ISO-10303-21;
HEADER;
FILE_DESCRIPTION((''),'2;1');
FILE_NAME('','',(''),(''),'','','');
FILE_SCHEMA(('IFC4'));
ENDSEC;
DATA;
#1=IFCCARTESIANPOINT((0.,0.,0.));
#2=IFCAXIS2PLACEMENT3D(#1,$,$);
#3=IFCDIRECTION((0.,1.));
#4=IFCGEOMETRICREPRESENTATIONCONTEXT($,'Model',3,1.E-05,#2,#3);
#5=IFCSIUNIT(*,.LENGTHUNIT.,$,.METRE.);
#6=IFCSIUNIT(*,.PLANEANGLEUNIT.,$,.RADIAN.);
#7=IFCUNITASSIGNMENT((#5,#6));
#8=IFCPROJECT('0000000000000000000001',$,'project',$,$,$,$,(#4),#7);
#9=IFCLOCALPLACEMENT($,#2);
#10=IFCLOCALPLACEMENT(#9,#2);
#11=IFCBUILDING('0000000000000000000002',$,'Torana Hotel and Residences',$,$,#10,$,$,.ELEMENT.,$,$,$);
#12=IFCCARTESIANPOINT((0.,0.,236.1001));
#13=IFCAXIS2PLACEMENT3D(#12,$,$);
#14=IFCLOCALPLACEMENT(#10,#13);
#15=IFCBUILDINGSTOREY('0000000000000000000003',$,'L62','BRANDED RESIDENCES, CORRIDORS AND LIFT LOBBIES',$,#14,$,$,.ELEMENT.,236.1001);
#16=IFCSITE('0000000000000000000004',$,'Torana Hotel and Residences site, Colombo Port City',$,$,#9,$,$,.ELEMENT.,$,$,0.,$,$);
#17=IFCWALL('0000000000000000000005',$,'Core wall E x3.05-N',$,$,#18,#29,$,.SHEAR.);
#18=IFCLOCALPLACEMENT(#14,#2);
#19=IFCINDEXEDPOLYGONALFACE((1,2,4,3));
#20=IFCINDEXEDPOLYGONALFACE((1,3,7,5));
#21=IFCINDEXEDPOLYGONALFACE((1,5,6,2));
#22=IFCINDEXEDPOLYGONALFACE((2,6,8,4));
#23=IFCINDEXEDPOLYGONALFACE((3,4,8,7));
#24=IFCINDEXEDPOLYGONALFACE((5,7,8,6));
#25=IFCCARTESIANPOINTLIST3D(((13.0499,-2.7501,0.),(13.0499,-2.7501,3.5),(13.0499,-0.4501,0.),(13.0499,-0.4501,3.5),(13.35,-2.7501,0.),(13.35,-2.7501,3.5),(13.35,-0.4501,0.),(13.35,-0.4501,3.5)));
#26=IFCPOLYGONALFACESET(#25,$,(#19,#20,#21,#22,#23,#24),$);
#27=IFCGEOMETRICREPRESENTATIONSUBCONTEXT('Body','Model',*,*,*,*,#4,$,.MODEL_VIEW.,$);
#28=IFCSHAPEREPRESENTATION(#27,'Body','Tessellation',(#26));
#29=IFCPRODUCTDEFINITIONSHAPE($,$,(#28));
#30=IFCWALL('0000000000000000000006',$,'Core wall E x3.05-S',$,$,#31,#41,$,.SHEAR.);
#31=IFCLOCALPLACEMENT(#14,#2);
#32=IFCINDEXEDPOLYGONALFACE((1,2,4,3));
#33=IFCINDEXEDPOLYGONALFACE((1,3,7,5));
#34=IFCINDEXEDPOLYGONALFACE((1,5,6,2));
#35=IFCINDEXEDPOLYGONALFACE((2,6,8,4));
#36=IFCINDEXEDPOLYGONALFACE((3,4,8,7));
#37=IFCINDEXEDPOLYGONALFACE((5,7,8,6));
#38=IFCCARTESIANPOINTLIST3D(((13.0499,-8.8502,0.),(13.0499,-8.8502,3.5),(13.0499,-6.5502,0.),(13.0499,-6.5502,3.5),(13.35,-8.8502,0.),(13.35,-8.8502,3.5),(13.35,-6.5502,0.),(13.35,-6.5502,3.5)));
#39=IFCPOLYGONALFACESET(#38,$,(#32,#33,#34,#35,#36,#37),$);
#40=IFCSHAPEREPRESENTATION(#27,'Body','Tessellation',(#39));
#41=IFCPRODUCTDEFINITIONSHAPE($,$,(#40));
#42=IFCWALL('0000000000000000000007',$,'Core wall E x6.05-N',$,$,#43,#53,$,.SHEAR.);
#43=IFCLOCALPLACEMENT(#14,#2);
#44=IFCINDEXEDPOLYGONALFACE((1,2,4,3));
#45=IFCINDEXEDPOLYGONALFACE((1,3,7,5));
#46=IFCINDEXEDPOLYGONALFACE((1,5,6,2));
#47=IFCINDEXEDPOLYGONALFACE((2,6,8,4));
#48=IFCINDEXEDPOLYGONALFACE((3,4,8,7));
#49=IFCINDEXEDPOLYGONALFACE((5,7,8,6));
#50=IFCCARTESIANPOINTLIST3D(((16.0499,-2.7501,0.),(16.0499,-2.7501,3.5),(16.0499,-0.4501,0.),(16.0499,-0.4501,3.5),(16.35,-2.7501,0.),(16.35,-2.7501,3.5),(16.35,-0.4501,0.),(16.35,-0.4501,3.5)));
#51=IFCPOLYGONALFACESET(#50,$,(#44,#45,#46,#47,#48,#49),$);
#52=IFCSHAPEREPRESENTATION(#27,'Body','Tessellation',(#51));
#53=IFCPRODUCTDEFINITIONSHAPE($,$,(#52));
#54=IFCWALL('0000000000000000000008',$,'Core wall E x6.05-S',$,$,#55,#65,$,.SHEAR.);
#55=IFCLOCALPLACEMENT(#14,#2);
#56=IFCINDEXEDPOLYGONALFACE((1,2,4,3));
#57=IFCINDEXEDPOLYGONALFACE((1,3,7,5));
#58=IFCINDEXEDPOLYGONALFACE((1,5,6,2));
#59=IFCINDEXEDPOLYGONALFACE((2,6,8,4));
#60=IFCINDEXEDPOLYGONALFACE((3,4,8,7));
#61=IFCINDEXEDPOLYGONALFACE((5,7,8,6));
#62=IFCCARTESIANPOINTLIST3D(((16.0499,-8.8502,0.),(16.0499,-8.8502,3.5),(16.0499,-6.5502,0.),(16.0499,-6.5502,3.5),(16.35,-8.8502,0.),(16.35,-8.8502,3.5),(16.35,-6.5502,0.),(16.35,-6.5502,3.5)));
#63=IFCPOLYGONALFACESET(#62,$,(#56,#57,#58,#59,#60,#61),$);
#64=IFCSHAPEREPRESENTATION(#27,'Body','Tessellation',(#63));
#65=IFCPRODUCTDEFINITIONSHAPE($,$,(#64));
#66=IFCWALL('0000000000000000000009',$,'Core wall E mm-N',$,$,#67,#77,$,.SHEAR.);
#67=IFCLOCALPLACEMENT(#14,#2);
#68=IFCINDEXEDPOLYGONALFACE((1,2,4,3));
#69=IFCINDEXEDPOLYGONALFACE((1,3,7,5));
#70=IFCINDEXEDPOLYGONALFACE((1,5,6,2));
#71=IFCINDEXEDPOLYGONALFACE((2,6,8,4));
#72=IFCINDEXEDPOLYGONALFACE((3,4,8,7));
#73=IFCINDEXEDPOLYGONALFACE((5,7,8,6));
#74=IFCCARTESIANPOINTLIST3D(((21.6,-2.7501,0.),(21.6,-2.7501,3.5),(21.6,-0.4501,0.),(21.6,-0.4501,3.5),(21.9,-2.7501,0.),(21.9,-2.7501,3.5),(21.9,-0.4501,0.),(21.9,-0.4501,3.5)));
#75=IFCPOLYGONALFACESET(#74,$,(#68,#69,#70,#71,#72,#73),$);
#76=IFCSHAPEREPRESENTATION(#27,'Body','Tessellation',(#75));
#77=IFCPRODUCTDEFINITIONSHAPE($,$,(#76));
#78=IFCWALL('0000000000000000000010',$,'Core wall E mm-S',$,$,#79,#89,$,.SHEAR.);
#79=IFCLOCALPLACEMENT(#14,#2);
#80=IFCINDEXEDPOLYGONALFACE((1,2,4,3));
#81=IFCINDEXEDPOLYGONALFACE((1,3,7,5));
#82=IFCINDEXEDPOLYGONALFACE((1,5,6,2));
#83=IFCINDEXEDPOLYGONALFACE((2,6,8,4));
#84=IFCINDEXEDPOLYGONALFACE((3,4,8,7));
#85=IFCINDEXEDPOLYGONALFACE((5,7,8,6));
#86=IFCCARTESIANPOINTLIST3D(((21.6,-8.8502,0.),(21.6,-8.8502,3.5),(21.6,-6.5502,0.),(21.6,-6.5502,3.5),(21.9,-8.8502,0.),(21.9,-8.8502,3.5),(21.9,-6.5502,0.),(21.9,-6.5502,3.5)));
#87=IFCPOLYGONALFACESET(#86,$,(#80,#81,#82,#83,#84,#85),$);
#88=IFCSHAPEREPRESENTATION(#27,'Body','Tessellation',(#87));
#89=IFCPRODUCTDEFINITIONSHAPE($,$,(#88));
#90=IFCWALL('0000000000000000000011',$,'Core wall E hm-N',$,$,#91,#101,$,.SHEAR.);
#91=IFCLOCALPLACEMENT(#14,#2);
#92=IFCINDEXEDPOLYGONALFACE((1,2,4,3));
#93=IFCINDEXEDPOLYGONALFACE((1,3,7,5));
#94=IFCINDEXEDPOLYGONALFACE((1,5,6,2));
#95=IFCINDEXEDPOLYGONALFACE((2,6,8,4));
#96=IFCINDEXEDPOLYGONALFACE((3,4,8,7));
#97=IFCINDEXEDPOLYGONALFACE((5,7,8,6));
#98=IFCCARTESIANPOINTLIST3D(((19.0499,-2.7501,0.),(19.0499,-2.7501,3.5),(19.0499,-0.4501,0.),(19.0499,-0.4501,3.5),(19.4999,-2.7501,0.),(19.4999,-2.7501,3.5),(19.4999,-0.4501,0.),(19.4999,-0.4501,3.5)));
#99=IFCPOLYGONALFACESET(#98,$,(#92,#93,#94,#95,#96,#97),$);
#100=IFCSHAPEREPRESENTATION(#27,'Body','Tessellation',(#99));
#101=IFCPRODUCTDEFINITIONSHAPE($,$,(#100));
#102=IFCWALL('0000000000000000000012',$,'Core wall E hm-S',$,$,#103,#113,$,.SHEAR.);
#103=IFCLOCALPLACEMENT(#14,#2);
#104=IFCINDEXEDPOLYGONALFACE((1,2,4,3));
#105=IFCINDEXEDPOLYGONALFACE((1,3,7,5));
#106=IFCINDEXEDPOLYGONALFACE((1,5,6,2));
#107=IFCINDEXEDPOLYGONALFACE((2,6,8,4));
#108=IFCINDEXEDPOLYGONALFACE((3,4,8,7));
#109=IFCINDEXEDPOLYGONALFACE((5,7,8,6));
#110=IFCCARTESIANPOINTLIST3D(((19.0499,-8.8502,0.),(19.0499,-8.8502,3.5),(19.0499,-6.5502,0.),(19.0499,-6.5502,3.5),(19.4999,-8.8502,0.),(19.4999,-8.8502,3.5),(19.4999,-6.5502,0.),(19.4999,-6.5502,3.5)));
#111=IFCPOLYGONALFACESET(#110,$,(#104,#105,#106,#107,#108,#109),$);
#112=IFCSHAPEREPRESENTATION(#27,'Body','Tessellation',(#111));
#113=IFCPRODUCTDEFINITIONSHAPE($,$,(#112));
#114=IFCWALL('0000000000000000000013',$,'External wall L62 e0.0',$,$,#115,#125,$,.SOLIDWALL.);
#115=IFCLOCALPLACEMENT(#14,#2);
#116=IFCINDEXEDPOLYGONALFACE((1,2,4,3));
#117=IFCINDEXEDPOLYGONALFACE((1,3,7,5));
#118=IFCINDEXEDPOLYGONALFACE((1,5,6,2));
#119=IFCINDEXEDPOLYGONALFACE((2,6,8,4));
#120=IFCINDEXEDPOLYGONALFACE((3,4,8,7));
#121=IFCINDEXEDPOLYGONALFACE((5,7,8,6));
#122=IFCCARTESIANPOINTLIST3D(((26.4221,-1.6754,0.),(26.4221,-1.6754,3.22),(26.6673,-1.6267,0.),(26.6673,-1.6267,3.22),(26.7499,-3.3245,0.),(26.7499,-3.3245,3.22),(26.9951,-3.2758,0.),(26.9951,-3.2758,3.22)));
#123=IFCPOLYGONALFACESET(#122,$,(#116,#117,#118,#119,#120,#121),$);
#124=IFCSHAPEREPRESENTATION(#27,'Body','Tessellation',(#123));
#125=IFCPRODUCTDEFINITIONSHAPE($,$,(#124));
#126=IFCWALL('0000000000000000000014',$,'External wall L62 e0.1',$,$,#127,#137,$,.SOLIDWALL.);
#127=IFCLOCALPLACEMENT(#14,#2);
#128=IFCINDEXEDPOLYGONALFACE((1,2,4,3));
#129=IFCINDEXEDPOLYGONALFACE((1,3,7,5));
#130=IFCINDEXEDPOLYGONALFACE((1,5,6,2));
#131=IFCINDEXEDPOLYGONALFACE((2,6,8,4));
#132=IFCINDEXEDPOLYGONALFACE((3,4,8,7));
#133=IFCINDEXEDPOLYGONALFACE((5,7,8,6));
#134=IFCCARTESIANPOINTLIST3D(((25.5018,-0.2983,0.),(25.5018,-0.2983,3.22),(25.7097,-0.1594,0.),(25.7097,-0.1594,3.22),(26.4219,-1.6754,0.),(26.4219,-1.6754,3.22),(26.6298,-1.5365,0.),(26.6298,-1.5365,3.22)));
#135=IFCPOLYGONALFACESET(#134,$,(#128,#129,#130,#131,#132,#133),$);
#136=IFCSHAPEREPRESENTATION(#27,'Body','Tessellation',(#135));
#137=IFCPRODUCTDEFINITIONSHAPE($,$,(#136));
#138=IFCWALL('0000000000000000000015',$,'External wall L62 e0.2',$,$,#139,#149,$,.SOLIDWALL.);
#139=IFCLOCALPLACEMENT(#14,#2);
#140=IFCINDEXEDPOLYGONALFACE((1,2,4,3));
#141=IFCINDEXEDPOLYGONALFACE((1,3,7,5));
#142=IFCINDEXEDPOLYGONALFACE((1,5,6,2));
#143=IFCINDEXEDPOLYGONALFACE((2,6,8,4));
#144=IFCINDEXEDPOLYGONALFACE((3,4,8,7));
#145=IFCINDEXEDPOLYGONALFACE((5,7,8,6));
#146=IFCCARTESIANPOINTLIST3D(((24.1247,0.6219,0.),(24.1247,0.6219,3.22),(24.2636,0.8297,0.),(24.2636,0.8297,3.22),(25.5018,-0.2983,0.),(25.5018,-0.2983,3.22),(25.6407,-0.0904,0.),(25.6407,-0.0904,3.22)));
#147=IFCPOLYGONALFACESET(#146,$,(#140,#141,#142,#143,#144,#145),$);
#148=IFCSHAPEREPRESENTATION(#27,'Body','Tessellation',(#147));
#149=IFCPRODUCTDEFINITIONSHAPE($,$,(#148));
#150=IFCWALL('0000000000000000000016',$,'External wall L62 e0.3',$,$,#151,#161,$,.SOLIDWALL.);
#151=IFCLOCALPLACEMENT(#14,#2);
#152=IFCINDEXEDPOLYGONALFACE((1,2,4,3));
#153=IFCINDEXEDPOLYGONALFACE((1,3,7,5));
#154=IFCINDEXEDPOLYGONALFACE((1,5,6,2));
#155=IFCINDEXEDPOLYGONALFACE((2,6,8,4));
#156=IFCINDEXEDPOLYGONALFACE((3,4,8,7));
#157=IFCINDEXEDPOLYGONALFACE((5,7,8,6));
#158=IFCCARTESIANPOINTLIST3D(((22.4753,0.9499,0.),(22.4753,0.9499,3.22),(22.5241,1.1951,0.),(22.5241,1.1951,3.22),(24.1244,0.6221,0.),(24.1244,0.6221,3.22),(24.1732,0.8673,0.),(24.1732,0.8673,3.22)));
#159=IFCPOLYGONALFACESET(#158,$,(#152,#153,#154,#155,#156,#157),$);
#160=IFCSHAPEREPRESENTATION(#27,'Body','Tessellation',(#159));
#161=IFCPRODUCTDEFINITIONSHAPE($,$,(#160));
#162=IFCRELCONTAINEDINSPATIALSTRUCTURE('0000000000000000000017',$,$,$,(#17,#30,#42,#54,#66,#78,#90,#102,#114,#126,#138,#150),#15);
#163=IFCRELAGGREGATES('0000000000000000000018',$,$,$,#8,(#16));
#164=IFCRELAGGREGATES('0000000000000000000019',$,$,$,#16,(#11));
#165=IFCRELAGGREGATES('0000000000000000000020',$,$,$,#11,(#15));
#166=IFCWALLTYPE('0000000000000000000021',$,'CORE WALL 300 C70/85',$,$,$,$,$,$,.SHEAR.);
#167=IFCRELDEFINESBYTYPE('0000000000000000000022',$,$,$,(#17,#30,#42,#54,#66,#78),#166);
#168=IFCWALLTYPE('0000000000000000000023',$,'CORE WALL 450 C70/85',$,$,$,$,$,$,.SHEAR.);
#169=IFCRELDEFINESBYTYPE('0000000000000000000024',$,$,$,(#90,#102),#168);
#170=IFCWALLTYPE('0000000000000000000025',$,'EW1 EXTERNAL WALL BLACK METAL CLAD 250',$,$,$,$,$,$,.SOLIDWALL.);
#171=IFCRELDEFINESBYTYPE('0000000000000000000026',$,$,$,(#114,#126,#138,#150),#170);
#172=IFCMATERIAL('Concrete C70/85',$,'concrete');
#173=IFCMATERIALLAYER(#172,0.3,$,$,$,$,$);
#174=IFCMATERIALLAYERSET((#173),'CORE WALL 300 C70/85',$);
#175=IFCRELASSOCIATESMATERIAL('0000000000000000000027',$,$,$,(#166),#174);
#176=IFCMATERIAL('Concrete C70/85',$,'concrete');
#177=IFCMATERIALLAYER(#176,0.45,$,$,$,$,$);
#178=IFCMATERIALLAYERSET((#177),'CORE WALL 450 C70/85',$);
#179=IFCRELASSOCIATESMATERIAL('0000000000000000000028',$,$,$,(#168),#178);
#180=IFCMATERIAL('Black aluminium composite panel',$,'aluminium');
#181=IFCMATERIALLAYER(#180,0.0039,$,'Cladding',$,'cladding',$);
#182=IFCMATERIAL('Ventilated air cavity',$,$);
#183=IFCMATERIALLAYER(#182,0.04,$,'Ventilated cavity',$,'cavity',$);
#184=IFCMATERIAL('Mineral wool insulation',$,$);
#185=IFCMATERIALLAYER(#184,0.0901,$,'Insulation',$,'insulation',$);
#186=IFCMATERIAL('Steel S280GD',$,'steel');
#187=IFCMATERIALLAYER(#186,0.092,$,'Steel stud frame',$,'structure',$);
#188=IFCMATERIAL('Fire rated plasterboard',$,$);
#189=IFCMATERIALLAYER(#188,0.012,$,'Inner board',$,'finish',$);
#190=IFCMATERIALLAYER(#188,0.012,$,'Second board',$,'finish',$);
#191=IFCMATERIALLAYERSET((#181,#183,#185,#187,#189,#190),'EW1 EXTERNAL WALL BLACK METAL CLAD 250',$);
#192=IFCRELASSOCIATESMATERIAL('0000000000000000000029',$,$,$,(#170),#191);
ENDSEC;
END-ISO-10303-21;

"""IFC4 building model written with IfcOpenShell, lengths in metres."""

from ifc_helpers import new_model, si_unit, direction, frame, frame_2d, origin, place, context, subcontext, project, spatial, rectangle, extrude, material, layer, layer_set, type_object, element, save


model = new_model("IFC4")

# Units and contexts
model_context = context("Model", 3, precision=1e-05, world=origin(), true_north=direction((0.0, 1.0)))
body_context = subcontext(model_context, "Body", "Model", "MODEL_VIEW")
ifc_project = project(units=[si_unit("LENGTHUNIT", "METRE"), si_unit("PLANEANGLEUNIT", "RADIAN")], contexts=[model_context])

# Site, building, storey
site_placement = place(None, origin())
site = spatial("IfcSite", under=ifc_project, at=site_placement, Name="Torana Hotel and Residences site, Colombo Port City", CompositionType="ELEMENT", RefElevation=0.0)
building_placement = place(site_placement, origin())
building = spatial("IfcBuilding", under=site, at=building_placement, Name="Torana Hotel and Residences", CompositionType="ELEMENT")
storey_placement = place(building_placement, frame((0.0, 0.0, 236.1001)))
storey = spatial("IfcBuildingStorey", under=building, at=storey_placement, Name="L62", Description="BRANDED RESIDENCES, CORRIDORS AND LIFT LOBBIES", CompositionType="ELEMENT", Elevation=236.1001)

# Walls
ifc_material_1 = material(Name="Concrete C70/85", Category="concrete")
ifc_layer_1 = layer(ifc_material_1, 0.3)
ifc_layer_set_1 = layer_set([ifc_layer_1], Name="CORE WALL 300 C70/85")
wall_type_1 = type_object("IfcWallType", Name="CORE WALL 300 C70/85", PredefinedType="SHEAR", material=ifc_layer_set_1)
for number, where, z_axis, x_axis, name in (
    (1, (13.2, -2.75, 0.0), (0.0, 0.0, 1.0), (0.0, 1.0, 0.0), "Core wall E x3.05-N"),
    (2, (13.2, -8.8501, 0.0), (0.0, 0.0, 1.0), (0.0, 1.0, 0.0), "Core wall E x3.05-S"),
    (3, (16.2, -2.75, 0.0), (0.0, 0.0, 1.0), (0.0, 1.0, 0.0), "Core wall E x6.05-N"),
    (4, (16.2, -8.8501, 0.0), (0.0, 0.0, 1.0), (0.0, 1.0, 0.0), "Core wall E x6.05-S"),
    (5, (21.75, -2.75, 0.0), (0.0, 0.0, 1.0), (0.0, 1.0, 0.0), "Core wall E mm-N"),
    (6, (21.75, -8.8501, 0.0), (0.0, 0.0, 1.0), (0.0, 1.0, 0.0), "Core wall E mm-S"),
):
    element("IfcWall", number, at=place(storey_placement, frame(where, z_axis=z_axis, x_axis=x_axis)), inside=storey, type_object=wall_type_1, Name=name, PredefinedType="SHEAR", context=body_context, shape_type="SweptSolid", body=[
        extrude(rectangle(XDim=2.3, YDim=0.3, at=frame_2d((1.1499, 0.0))), origin(), (0.0, 0.0, 1.0), 3.5),
    ])
ifc_material_2 = material(Name="Concrete C70/85", Category="concrete")
ifc_layer_2 = layer(ifc_material_2, 0.45)
ifc_layer_set_2 = layer_set([ifc_layer_2], Name="CORE WALL 450 C70/85")
wall_type_2 = type_object("IfcWallType", Name="CORE WALL 450 C70/85", PredefinedType="SHEAR", material=ifc_layer_set_2)
for number, where, z_axis, x_axis, name in (
    (7, (19.2749, -2.75, 0.0), (0.0, 0.0, 1.0), (0.0, 1.0, 0.0), "Core wall E hm-N"),
    (8, (19.2749, -8.8501, 0.0), (0.0, 0.0, 1.0), (0.0, 1.0, 0.0), "Core wall E hm-S"),
):
    element("IfcWall", number, at=place(storey_placement, frame(where, z_axis=z_axis, x_axis=x_axis)), inside=storey, type_object=wall_type_2, Name=name, PredefinedType="SHEAR", context=body_context, shape_type="SweptSolid", body=[
        extrude(rectangle(XDim=2.3, YDim=0.45, at=frame_2d((1.1499, 0.0))), origin(), (0.0, 0.0, 1.0), 3.5),
    ])
ifc_material_3 = material(Name="Black aluminium composite panel", Category="aluminium")
ifc_layer_3 = layer(ifc_material_3, 0.0039, Name="Cladding", Category="cladding")
ifc_material_4 = material(Name="Ventilated air cavity")
ifc_layer_4 = layer(ifc_material_4, 0.04, Name="Ventilated cavity", Category="cavity")
ifc_material_5 = material(Name="Mineral wool insulation")
ifc_layer_5 = layer(ifc_material_5, 0.0901, Name="Insulation", Category="insulation")
ifc_material_6 = material(Name="Steel S280GD", Category="steel")
ifc_layer_6 = layer(ifc_material_6, 0.092, Name="Steel stud frame", Category="structure")
ifc_material_7 = material(Name="Fire rated plasterboard")
ifc_layer_7 = layer(ifc_material_7, 0.012, Name="Inner board", Category="finish")
ifc_layer_8 = layer(ifc_material_7, 0.012, Name="Second board", Category="finish")
ifc_layer_set_3 = layer_set([ifc_layer_3, ifc_layer_4, ifc_layer_5, ifc_layer_6, ifc_layer_7, ifc_layer_8], Name="EW1 EXTERNAL WALL BLACK METAL CLAD 250")
wall_type_3 = type_object("IfcWallType", Name="EW1 EXTERNAL WALL BLACK METAL CLAD 250", PredefinedType="SOLIDWALL", material=ifc_layer_set_3)
wall_1_placement = place(storey_placement, frame((26.8726, -3.3003, 0.0), z_axis=(0.0, 0.0, 1.0), x_axis=(-0.194999, 0.980803, 0.0)))
element("IfcWall", 9, at=wall_1_placement, inside=storey, type_object=wall_type_3, Name="External wall L62 e0.0", PredefinedType="SOLIDWALL", context=body_context, shape_type="SweptSolid", body=[
    extrude(rectangle(XDim=1.6814, YDim=0.25, at=frame_2d((0.8408, 0.0))), origin(), (0.0, 0.0, 1.0), 3.22),
])
for number, where, z_axis, x_axis, name in (
    (10, (26.5259, -1.606, 0.0), (0.0, 0.0, 1.0), (-0.55555, 0.831483, 0.0), "External wall L62 e0.1"),
    (11, (25.5713, -0.1943, 0.0), (0.0, 0.0, 1.0), (-0.831483, 0.55555, 0.0), "External wall L62 e0.2"),
):
    element("IfcWall", number, at=place(storey_placement, frame(where, z_axis=z_axis, x_axis=x_axis)), inside=storey, type_object=wall_type_3, Name=name, PredefinedType="SOLIDWALL", context=body_context, shape_type="SweptSolid", body=[
        extrude(rectangle(XDim=1.6562, YDim=0.25, at=frame_2d((0.8281, 0.0))), origin(), (0.0, 0.0, 1.0), 3.22),
    ])
wall_2_placement = place(storey_placement, frame((24.1489, 0.7446, 0.0), z_axis=(0.0, 0.0, 1.0), x_axis=(-0.980803, 0.194999, 0.0)))
element("IfcWall", 12, at=wall_2_placement, inside=storey, type_object=wall_type_3, Name="External wall L62 e0.3", PredefinedType="SOLIDWALL", context=body_context, shape_type="SweptSolid", body=[
    extrude(rectangle(XDim=1.6814, YDim=0.25, at=frame_2d((0.8408, 0.0))), origin(), (0.0, 0.0, 1.0), 3.22),
])

save(model, "model.ifc")
